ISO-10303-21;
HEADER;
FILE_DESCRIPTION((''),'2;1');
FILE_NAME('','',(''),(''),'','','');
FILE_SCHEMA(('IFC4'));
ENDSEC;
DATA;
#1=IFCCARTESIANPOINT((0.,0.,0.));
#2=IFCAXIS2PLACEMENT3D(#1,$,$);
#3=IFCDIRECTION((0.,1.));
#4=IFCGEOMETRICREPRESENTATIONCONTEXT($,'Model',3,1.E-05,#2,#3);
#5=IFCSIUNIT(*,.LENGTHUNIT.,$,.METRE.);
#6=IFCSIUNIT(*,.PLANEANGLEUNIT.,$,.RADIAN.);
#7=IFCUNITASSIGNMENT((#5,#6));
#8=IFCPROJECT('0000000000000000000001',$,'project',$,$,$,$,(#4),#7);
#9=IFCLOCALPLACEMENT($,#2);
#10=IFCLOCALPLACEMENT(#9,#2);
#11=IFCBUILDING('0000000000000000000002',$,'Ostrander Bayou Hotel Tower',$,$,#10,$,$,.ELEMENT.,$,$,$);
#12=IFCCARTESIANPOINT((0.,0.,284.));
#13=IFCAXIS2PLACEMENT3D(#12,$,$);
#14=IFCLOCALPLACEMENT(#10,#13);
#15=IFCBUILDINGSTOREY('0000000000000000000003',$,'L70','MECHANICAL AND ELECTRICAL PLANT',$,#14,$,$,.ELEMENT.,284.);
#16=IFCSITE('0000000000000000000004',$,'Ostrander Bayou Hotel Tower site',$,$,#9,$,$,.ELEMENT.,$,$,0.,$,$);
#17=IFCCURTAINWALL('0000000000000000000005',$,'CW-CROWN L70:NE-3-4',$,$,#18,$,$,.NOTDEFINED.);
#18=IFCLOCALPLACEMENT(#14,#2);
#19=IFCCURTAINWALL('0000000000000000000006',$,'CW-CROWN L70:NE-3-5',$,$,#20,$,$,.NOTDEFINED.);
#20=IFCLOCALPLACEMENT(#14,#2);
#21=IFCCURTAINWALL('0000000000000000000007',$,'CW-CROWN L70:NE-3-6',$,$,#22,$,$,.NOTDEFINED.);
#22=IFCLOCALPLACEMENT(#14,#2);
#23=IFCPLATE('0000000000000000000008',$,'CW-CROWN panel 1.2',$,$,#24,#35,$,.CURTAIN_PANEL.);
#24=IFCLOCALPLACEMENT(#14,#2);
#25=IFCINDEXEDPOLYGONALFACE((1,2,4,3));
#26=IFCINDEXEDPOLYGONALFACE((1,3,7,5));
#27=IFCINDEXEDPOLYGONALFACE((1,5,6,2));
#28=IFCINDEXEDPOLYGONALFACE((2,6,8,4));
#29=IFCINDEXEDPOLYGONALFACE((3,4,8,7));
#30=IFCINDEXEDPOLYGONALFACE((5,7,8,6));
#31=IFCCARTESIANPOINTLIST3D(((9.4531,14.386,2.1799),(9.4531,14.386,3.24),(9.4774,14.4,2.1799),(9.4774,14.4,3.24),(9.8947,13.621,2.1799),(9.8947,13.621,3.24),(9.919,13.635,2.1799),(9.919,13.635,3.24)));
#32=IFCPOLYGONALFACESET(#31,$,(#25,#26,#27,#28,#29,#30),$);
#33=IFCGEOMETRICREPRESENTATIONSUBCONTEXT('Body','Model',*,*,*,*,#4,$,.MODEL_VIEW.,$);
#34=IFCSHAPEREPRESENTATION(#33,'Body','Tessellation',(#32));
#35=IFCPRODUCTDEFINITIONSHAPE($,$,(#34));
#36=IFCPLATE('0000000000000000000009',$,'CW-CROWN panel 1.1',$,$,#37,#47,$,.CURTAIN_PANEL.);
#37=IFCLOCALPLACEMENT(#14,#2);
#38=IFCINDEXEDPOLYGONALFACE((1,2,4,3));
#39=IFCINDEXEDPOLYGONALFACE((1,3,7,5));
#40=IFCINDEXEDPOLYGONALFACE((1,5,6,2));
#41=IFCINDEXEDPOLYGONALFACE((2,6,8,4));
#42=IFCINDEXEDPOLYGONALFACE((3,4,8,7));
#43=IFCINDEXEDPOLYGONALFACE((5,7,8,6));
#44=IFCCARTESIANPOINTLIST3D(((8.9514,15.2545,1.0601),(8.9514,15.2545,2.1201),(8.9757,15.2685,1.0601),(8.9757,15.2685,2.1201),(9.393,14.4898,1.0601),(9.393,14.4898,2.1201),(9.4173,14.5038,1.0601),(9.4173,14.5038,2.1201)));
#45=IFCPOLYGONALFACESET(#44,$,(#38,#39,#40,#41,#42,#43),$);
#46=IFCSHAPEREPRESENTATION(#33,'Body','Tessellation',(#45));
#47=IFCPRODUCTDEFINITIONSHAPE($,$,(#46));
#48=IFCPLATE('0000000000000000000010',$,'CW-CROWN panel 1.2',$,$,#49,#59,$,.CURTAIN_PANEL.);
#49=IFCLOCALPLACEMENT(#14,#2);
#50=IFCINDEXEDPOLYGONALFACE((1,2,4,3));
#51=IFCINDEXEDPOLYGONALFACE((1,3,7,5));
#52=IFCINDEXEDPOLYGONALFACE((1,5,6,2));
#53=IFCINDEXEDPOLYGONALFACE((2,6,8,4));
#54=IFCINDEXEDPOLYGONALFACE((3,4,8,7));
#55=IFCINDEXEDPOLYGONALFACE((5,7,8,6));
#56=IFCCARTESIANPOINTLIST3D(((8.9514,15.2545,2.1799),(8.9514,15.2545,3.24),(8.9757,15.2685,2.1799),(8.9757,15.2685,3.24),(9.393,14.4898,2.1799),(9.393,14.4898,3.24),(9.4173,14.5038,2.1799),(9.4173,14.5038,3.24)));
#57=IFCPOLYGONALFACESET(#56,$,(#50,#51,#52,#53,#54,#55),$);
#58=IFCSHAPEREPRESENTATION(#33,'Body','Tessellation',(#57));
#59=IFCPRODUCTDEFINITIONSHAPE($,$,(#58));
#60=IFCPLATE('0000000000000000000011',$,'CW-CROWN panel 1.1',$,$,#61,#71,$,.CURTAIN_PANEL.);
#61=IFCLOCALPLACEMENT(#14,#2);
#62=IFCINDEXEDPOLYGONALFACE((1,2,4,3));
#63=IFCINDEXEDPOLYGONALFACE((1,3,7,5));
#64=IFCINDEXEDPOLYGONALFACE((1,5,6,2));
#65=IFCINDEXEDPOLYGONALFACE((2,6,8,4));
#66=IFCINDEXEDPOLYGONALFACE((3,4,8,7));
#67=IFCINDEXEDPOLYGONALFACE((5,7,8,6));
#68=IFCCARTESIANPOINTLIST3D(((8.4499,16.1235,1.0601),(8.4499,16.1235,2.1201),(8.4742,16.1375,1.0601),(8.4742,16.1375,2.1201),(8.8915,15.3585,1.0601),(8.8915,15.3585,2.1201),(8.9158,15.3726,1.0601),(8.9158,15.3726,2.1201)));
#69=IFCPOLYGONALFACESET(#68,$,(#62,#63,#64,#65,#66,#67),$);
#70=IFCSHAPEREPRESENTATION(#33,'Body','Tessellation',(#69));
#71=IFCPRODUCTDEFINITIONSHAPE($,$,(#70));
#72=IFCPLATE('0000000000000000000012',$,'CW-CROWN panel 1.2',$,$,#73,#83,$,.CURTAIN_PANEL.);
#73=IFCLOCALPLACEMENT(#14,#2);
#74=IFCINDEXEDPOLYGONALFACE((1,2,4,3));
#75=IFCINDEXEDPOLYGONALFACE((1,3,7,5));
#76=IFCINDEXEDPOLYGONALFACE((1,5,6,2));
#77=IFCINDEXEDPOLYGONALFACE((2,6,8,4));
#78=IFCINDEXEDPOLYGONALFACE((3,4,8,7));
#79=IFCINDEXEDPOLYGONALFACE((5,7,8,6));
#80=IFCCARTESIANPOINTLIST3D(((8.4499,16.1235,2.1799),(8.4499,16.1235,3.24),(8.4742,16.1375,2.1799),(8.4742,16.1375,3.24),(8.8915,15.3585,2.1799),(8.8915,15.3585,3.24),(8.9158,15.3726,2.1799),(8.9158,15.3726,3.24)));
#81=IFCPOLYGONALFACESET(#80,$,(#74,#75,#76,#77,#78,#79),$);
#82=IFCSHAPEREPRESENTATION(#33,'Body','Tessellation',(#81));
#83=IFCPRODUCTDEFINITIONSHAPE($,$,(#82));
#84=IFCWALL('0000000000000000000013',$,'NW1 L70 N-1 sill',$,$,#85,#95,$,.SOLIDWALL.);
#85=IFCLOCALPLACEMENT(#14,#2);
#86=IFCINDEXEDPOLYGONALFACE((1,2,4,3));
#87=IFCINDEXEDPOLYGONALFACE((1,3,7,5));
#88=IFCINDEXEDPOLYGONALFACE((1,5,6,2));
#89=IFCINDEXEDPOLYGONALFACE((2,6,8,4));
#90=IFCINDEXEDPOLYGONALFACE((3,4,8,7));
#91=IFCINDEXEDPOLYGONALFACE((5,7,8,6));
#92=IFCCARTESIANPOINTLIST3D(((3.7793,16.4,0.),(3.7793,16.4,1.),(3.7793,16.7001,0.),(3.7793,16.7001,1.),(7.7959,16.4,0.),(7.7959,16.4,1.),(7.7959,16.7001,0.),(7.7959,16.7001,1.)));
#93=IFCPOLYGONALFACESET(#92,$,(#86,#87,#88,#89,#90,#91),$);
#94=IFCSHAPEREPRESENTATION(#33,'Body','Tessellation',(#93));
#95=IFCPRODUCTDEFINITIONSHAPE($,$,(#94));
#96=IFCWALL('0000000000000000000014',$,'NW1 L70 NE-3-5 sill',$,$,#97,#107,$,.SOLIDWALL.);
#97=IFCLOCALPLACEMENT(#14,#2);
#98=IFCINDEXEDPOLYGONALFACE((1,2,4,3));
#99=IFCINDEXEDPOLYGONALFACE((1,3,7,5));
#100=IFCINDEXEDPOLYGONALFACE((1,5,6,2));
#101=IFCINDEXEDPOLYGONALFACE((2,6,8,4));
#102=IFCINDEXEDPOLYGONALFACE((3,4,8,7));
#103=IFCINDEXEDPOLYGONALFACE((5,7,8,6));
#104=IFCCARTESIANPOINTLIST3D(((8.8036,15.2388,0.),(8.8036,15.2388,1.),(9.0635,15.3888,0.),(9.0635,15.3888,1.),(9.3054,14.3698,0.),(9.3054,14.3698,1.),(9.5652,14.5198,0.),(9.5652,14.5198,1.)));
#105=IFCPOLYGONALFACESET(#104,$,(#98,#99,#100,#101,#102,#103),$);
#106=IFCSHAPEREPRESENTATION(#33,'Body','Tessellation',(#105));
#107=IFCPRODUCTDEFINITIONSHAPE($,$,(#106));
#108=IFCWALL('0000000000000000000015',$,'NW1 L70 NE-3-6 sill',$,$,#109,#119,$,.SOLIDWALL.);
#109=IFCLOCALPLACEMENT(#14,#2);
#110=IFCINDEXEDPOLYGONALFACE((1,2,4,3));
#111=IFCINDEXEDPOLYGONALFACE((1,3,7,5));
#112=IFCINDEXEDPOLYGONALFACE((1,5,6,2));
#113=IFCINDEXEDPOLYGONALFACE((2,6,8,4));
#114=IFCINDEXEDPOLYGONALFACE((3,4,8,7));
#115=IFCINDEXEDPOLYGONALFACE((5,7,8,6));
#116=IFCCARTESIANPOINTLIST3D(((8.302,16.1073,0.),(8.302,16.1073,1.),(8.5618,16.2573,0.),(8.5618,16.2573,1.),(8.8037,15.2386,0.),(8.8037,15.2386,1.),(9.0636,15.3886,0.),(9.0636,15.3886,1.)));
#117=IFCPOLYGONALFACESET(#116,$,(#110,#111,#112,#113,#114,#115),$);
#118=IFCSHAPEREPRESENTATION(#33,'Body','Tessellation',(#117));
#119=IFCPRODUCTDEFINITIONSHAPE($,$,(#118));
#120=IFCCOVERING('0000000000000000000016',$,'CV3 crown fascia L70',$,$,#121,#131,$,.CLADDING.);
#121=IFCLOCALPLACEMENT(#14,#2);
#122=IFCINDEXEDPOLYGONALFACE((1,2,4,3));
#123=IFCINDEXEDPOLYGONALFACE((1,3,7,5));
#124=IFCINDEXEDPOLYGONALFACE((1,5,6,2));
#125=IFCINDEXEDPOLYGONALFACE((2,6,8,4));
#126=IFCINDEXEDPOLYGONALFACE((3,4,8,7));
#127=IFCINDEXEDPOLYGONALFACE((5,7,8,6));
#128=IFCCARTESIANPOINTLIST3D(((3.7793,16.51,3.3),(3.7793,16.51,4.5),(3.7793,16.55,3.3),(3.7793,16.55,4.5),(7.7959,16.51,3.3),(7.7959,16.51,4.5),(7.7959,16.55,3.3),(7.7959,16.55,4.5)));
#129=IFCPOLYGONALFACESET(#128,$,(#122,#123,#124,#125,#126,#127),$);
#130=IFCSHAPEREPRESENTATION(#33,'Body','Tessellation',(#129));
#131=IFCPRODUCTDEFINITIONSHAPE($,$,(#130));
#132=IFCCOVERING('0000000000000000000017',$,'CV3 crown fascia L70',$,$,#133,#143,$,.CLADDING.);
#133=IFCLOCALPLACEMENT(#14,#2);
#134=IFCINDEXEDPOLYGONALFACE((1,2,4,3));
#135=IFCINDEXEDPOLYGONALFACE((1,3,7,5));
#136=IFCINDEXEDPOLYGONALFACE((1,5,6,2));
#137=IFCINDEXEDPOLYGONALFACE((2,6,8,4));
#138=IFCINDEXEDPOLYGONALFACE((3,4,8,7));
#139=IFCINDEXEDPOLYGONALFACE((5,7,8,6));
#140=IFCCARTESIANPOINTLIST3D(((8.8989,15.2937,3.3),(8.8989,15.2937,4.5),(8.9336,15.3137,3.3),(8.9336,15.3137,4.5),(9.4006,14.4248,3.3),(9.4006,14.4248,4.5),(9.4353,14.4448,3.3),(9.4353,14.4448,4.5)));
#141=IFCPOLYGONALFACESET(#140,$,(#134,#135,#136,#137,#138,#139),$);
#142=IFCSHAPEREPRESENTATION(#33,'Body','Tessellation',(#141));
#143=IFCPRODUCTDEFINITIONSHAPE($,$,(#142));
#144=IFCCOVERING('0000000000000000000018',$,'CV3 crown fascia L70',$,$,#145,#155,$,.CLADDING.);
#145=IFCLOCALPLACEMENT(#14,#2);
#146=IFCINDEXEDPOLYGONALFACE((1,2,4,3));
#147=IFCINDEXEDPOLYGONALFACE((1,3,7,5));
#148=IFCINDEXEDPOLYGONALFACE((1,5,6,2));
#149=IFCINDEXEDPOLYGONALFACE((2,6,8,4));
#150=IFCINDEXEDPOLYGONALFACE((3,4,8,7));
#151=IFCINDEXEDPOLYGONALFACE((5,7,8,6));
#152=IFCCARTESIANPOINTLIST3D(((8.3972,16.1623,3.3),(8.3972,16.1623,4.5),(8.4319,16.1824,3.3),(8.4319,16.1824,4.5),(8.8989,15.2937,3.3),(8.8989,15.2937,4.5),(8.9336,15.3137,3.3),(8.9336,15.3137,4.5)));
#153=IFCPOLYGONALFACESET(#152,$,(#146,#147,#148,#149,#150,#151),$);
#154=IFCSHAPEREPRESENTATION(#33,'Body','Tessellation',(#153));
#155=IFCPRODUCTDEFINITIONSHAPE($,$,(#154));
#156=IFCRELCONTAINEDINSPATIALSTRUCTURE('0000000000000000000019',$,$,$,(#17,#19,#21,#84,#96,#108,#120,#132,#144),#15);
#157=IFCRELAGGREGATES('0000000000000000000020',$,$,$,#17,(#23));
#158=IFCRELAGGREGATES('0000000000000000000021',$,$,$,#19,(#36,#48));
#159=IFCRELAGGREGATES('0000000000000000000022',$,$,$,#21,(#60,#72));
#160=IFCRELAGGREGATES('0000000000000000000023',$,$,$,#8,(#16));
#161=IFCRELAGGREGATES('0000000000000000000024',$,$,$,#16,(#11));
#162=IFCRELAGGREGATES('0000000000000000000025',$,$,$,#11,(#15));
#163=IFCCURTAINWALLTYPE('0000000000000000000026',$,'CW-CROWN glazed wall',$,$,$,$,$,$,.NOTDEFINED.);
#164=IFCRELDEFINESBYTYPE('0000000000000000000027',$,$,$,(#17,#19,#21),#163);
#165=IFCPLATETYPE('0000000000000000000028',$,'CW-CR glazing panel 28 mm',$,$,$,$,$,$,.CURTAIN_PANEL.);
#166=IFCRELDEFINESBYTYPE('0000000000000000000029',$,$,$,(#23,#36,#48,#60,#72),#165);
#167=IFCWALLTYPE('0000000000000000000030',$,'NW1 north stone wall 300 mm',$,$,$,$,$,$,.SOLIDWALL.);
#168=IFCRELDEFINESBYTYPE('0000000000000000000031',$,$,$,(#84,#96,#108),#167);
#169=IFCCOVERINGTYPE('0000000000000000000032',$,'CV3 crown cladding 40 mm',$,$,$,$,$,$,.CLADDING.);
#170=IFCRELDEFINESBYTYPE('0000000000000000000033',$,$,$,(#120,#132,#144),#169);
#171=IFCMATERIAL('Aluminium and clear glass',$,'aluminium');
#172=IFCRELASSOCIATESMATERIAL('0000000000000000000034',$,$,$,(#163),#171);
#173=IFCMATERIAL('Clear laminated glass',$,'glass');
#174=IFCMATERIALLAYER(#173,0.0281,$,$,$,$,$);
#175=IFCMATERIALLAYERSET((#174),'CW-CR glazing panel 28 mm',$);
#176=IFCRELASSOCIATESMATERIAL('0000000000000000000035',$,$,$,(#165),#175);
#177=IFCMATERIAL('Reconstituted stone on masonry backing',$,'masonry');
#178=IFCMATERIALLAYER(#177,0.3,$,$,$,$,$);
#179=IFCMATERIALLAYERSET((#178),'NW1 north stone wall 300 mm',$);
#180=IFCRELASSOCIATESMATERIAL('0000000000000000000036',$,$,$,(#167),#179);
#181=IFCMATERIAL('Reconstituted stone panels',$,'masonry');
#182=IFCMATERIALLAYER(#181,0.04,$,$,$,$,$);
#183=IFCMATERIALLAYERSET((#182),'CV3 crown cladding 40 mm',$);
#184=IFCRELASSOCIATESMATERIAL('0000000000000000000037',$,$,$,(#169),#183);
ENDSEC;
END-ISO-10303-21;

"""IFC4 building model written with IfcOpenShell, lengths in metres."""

from ifc_helpers import new_model, si_unit, direction, frame, frame_2d, origin, origin_2d, place, context, subcontext, project, spatial, polyline, rectangle, outline, extrude, material, layer, layer_set, type_object, element, aggregate, save


model = new_model("IFC4")

# Units and contexts
model_context = context("Model", 3, precision=1e-05, world=origin(), true_north=direction((0.0, 1.0)))
body_context = subcontext(model_context, "Body", "Model", "MODEL_VIEW")
ifc_project = project(units=[si_unit("LENGTHUNIT", "METRE"), si_unit("PLANEANGLEUNIT", "RADIAN")], contexts=[model_context])

# Site, building, storey
site_placement = place(None, origin())
site = spatial("IfcSite", under=ifc_project, at=site_placement, Name="Ostrander Bayou Hotel Tower site", CompositionType="ELEMENT", RefElevation=0.0)
building_placement = place(site_placement, origin())
building = spatial("IfcBuilding", under=site, at=building_placement, Name="Ostrander Bayou Hotel Tower", CompositionType="ELEMENT")
storey_placement = place(building_placement, frame((0.0, 0.0, 284.0)))
storey = spatial("IfcBuildingStorey", under=building, at=storey_placement, Name="L70", Description="MECHANICAL AND ELECTRICAL PLANT", CompositionType="ELEMENT", Elevation=284.0)

# Curtain wall
ifc_material_1 = material(Name="Aluminium and clear glass", Category="aluminium")
curtain_wall_type = type_object("IfcCurtainWallType", Name="CW-CROWN glazed wall", PredefinedType="NOTDEFINED", material=ifc_material_1)
curtain_wall_1_placement = place(storey_placement, origin())
curtain_wall_1 = element("IfcCurtainWall", 1, at=curtain_wall_1_placement, inside=storey, type_object=curtain_wall_type, Name="CW-CROWN L70:NE-3-4", PredefinedType="NOTDEFINED")

# Curtain walls
curtain_wall_2_placement = place(storey_placement, origin())
curtain_wall_2 = element("IfcCurtainWall", 2, at=curtain_wall_2_placement, inside=storey, type_object=curtain_wall_type, Name="CW-CROWN L70:NE-3-5", PredefinedType="NOTDEFINED")
curtain_wall_3_placement = place(storey_placement, origin())
curtain_wall_3 = element("IfcCurtainWall", 3, at=curtain_wall_3_placement, inside=storey, type_object=curtain_wall_type, Name="CW-CROWN L70:NE-3-6", PredefinedType="NOTDEFINED")

# Plates
ifc_material_2 = material(Name="Clear laminated glass", Category="glass")
ifc_layer_1 = layer(ifc_material_2, 0.0281)
ifc_layer_set_1 = layer_set([ifc_layer_1], Name="CW-CR glazing panel 28 mm")
plate_type = type_object("IfcPlateType", Name="CW-CR glazing panel 28 mm", PredefinedType="CURTAIN_PANEL", material=ifc_layer_set_1)
plate_1_placement = place(storey_placement, frame((9.686, 14.0105, 2.1799), z_axis=(0.0, 0.0, 1.0), x_axis=(-0.499999, 0.866026, 0.0)))
plate_1 = element("IfcPlate", 4, at=plate_1_placement, type_object=plate_type, Name="CW-CROWN panel 1.2", PredefinedType="CURTAIN_PANEL", context=body_context, shape_type="SweptSolid", body=[
    extrude(rectangle(XDim=0.8833, YDim=0.0281, at=origin_2d()), origin(), (0.0, 0.0, 1.0), 1.0601),
])
aggregate(curtain_wall_1, [plate_1])
plate_2_placement = place(storey_placement, frame((9.1843, 14.8792, 1.0601), z_axis=(0.0, 0.0, 1.0), x_axis=(-0.500042, 0.866001, 0.0)))
plate_2 = element("IfcPlate", 5, at=plate_2_placement, type_object=plate_type, Name="CW-CROWN panel 1.1", PredefinedType="CURTAIN_PANEL", context=body_context, shape_type="SweptSolid", body=[
    extrude(rectangle(XDim=0.8831, YDim=0.0281, at=origin_2d()), origin(), (0.0, 0.0, 1.0), 1.0601),
])
plate_3_placement = place(storey_placement, frame((9.1843, 14.8792, 2.1799), z_axis=(0.0, 0.0, 1.0), x_axis=(-0.500042, 0.866001, 0.0)))
plate_3 = element("IfcPlate", 6, at=plate_3_placement, type_object=plate_type, Name="CW-CROWN panel 1.2", PredefinedType="CURTAIN_PANEL", context=body_context, shape_type="SweptSolid", body=[
    extrude(rectangle(XDim=0.8831, YDim=0.0281, at=origin_2d()), origin(), (0.0, 0.0, 1.0), 1.0601),
])
aggregate(curtain_wall_2, [plate_2, plate_3])
plate_4_placement = place(storey_placement, frame((8.6829, 15.748, 1.0601), z_axis=(0.0, 0.0, 1.0), x_axis=(-0.499999, 0.866026, 0.0)))
plate_4 = element("IfcPlate", 7, at=plate_4_placement, type_object=plate_type, Name="CW-CROWN panel 1.1", PredefinedType="CURTAIN_PANEL", context=body_context, shape_type="SweptSolid", body=[
    extrude(rectangle(XDim=0.8833, YDim=0.0281, at=origin_2d()), origin(), (0.0, 0.0, 1.0), 1.0601),
])
plate_5_placement = place(storey_placement, frame((8.6829, 15.748, 2.1799), z_axis=(0.0, 0.0, 1.0), x_axis=(-0.499999, 0.866026, 0.0)))
plate_5 = element("IfcPlate", 8, at=plate_5_placement, type_object=plate_type, Name="CW-CROWN panel 1.2", PredefinedType="CURTAIN_PANEL", context=body_context, shape_type="SweptSolid", body=[
    extrude(rectangle(XDim=0.8833, YDim=0.0281, at=origin_2d()), origin(), (0.0, 0.0, 1.0), 1.0601),
])
aggregate(curtain_wall_3, [plate_4, plate_5])

# Walls
ifc_material_3 = material(Name="Reconstituted stone on masonry backing", Category="masonry")
ifc_layer_2 = layer(ifc_material_3, 0.3)
ifc_layer_set_2 = layer_set([ifc_layer_2], Name="NW1 north stone wall 300 mm")
wall_type_1 = type_object("IfcWallType", Name="NW1 north stone wall 300 mm", PredefinedType="SOLIDWALL", material=ifc_layer_set_2)
wall_1_placement = place(storey_placement, frame((7.7959, 16.55, 0.0), z_axis=(0.0, 0.0, 1.0), x_axis=(-1.0, 0.0, 0.0)))
element("IfcWall", 9, at=wall_1_placement, inside=storey, type_object=wall_type_1, Name="NW1 L70 N-1 sill", PredefinedType="SOLIDWALL", context=body_context, shape_type="SweptSolid", body=[
    extrude(rectangle(XDim=4.0166, YDim=0.3, at=frame_2d((2.0083, 0.0))), origin(), (0.0, 0.0, 1.0), 1.0),
])
wall_2_placement = place(storey_placement, frame((9.4353, 14.4448, 0.0), z_axis=(0.0, 0.0, 1.0), x_axis=(-0.500038, 0.866003, 0.0)))
element("IfcWall", 10, at=wall_2_placement, inside=storey, type_object=wall_type_1, Name="NW1 L70 NE-3-5 sill", PredefinedType="SOLIDWALL", context=body_context, shape_type="SweptSolid", body=[
    extrude(rectangle(XDim=1.0034, YDim=0.3, at=frame_2d((0.5017, 0.0))), origin(), (0.0, 0.0, 1.0), 1.0),
])
wall_3_placement = place(storey_placement, frame((8.9336, 15.3137, 0.0), z_axis=(0.0, 0.0, 1.0), x_axis=(-0.500144, 0.865942, 0.0)))
element("IfcWall", 11, at=wall_3_placement, inside=storey, type_object=wall_type_1, Name="NW1 L70 NE-3-6 sill", PredefinedType="SOLIDWALL", context=body_context, shape_type="SweptSolid", body=[
    extrude(rectangle(XDim=1.0032, YDim=0.3, at=frame_2d((0.5015, 0.0))), origin(), (0.0, 0.0, 1.0), 1.0),
])

# Coverings
ifc_material_4 = material(Name="Reconstituted stone panels", Category="masonry")
ifc_layer_3 = layer(ifc_material_4, 0.04)
ifc_layer_set_3 = layer_set([ifc_layer_3], Name="CV3 crown cladding 40 mm")
covering_type = type_object("IfcCoveringType", Name="CV3 crown cladding 40 mm", PredefinedType="CLADDING", material=ifc_layer_set_3)
covering_1_placement = place(storey_placement, frame((7.7959, 16.55, 3.3), z_axis=(0.0, 1.0, 0.0), x_axis=(-1.0, 0.0, 0.0)))
element("IfcCovering", 12, at=covering_1_placement, inside=storey, type_object=covering_type, Name="CV3 crown fascia L70", PredefinedType="CLADDING", context=body_context, shape_type="SweptSolid", body=[
    extrude(outline(polyline([(0.0, 0.0), (4.0166, 0.0), (4.0166, 1.2), (0.0, 1.2), (0.0, 0.0)])), origin(), (0.0, 0.0, -1.0), 0.04),
])
covering_2_placement = place(storey_placement, frame((9.4353, 14.4448, 3.3), z_axis=(0.866003, 0.500038, 0.0), x_axis=(-0.500038, 0.866003, 0.0)))
element("IfcCovering", 13, at=covering_2_placement, inside=storey, type_object=covering_type, Name="CV3 crown fascia L70", PredefinedType="CLADDING", context=body_context, shape_type="SweptSolid", body=[
    extrude(outline(polyline([(0.0, 0.0), (1.0033, 0.0), (1.0033, 1.2), (0.0, 1.2), (0.0, 0.0)])), origin(), (0.0, 0.0, -1.0), 0.04),
])
covering_3_placement = place(storey_placement, frame((8.9336, 15.3137, 3.3), z_axis=(0.865942, 0.500144, 0.0), x_axis=(-0.500144, 0.865942, 0.0)))
element("IfcCovering", 14, at=covering_3_placement, inside=storey, type_object=covering_type, Name="CV3 crown fascia L70", PredefinedType="CLADDING", context=body_context, shape_type="SweptSolid", body=[
    extrude(outline(polyline([(0.0, 0.0), (1.0031, 0.0), (1.0031, 1.2), (0.0, 1.2), (0.0, 0.0)])), origin(), (0.0, 0.0, -1.0), 0.04),
])

save(model, "model.ifc")
